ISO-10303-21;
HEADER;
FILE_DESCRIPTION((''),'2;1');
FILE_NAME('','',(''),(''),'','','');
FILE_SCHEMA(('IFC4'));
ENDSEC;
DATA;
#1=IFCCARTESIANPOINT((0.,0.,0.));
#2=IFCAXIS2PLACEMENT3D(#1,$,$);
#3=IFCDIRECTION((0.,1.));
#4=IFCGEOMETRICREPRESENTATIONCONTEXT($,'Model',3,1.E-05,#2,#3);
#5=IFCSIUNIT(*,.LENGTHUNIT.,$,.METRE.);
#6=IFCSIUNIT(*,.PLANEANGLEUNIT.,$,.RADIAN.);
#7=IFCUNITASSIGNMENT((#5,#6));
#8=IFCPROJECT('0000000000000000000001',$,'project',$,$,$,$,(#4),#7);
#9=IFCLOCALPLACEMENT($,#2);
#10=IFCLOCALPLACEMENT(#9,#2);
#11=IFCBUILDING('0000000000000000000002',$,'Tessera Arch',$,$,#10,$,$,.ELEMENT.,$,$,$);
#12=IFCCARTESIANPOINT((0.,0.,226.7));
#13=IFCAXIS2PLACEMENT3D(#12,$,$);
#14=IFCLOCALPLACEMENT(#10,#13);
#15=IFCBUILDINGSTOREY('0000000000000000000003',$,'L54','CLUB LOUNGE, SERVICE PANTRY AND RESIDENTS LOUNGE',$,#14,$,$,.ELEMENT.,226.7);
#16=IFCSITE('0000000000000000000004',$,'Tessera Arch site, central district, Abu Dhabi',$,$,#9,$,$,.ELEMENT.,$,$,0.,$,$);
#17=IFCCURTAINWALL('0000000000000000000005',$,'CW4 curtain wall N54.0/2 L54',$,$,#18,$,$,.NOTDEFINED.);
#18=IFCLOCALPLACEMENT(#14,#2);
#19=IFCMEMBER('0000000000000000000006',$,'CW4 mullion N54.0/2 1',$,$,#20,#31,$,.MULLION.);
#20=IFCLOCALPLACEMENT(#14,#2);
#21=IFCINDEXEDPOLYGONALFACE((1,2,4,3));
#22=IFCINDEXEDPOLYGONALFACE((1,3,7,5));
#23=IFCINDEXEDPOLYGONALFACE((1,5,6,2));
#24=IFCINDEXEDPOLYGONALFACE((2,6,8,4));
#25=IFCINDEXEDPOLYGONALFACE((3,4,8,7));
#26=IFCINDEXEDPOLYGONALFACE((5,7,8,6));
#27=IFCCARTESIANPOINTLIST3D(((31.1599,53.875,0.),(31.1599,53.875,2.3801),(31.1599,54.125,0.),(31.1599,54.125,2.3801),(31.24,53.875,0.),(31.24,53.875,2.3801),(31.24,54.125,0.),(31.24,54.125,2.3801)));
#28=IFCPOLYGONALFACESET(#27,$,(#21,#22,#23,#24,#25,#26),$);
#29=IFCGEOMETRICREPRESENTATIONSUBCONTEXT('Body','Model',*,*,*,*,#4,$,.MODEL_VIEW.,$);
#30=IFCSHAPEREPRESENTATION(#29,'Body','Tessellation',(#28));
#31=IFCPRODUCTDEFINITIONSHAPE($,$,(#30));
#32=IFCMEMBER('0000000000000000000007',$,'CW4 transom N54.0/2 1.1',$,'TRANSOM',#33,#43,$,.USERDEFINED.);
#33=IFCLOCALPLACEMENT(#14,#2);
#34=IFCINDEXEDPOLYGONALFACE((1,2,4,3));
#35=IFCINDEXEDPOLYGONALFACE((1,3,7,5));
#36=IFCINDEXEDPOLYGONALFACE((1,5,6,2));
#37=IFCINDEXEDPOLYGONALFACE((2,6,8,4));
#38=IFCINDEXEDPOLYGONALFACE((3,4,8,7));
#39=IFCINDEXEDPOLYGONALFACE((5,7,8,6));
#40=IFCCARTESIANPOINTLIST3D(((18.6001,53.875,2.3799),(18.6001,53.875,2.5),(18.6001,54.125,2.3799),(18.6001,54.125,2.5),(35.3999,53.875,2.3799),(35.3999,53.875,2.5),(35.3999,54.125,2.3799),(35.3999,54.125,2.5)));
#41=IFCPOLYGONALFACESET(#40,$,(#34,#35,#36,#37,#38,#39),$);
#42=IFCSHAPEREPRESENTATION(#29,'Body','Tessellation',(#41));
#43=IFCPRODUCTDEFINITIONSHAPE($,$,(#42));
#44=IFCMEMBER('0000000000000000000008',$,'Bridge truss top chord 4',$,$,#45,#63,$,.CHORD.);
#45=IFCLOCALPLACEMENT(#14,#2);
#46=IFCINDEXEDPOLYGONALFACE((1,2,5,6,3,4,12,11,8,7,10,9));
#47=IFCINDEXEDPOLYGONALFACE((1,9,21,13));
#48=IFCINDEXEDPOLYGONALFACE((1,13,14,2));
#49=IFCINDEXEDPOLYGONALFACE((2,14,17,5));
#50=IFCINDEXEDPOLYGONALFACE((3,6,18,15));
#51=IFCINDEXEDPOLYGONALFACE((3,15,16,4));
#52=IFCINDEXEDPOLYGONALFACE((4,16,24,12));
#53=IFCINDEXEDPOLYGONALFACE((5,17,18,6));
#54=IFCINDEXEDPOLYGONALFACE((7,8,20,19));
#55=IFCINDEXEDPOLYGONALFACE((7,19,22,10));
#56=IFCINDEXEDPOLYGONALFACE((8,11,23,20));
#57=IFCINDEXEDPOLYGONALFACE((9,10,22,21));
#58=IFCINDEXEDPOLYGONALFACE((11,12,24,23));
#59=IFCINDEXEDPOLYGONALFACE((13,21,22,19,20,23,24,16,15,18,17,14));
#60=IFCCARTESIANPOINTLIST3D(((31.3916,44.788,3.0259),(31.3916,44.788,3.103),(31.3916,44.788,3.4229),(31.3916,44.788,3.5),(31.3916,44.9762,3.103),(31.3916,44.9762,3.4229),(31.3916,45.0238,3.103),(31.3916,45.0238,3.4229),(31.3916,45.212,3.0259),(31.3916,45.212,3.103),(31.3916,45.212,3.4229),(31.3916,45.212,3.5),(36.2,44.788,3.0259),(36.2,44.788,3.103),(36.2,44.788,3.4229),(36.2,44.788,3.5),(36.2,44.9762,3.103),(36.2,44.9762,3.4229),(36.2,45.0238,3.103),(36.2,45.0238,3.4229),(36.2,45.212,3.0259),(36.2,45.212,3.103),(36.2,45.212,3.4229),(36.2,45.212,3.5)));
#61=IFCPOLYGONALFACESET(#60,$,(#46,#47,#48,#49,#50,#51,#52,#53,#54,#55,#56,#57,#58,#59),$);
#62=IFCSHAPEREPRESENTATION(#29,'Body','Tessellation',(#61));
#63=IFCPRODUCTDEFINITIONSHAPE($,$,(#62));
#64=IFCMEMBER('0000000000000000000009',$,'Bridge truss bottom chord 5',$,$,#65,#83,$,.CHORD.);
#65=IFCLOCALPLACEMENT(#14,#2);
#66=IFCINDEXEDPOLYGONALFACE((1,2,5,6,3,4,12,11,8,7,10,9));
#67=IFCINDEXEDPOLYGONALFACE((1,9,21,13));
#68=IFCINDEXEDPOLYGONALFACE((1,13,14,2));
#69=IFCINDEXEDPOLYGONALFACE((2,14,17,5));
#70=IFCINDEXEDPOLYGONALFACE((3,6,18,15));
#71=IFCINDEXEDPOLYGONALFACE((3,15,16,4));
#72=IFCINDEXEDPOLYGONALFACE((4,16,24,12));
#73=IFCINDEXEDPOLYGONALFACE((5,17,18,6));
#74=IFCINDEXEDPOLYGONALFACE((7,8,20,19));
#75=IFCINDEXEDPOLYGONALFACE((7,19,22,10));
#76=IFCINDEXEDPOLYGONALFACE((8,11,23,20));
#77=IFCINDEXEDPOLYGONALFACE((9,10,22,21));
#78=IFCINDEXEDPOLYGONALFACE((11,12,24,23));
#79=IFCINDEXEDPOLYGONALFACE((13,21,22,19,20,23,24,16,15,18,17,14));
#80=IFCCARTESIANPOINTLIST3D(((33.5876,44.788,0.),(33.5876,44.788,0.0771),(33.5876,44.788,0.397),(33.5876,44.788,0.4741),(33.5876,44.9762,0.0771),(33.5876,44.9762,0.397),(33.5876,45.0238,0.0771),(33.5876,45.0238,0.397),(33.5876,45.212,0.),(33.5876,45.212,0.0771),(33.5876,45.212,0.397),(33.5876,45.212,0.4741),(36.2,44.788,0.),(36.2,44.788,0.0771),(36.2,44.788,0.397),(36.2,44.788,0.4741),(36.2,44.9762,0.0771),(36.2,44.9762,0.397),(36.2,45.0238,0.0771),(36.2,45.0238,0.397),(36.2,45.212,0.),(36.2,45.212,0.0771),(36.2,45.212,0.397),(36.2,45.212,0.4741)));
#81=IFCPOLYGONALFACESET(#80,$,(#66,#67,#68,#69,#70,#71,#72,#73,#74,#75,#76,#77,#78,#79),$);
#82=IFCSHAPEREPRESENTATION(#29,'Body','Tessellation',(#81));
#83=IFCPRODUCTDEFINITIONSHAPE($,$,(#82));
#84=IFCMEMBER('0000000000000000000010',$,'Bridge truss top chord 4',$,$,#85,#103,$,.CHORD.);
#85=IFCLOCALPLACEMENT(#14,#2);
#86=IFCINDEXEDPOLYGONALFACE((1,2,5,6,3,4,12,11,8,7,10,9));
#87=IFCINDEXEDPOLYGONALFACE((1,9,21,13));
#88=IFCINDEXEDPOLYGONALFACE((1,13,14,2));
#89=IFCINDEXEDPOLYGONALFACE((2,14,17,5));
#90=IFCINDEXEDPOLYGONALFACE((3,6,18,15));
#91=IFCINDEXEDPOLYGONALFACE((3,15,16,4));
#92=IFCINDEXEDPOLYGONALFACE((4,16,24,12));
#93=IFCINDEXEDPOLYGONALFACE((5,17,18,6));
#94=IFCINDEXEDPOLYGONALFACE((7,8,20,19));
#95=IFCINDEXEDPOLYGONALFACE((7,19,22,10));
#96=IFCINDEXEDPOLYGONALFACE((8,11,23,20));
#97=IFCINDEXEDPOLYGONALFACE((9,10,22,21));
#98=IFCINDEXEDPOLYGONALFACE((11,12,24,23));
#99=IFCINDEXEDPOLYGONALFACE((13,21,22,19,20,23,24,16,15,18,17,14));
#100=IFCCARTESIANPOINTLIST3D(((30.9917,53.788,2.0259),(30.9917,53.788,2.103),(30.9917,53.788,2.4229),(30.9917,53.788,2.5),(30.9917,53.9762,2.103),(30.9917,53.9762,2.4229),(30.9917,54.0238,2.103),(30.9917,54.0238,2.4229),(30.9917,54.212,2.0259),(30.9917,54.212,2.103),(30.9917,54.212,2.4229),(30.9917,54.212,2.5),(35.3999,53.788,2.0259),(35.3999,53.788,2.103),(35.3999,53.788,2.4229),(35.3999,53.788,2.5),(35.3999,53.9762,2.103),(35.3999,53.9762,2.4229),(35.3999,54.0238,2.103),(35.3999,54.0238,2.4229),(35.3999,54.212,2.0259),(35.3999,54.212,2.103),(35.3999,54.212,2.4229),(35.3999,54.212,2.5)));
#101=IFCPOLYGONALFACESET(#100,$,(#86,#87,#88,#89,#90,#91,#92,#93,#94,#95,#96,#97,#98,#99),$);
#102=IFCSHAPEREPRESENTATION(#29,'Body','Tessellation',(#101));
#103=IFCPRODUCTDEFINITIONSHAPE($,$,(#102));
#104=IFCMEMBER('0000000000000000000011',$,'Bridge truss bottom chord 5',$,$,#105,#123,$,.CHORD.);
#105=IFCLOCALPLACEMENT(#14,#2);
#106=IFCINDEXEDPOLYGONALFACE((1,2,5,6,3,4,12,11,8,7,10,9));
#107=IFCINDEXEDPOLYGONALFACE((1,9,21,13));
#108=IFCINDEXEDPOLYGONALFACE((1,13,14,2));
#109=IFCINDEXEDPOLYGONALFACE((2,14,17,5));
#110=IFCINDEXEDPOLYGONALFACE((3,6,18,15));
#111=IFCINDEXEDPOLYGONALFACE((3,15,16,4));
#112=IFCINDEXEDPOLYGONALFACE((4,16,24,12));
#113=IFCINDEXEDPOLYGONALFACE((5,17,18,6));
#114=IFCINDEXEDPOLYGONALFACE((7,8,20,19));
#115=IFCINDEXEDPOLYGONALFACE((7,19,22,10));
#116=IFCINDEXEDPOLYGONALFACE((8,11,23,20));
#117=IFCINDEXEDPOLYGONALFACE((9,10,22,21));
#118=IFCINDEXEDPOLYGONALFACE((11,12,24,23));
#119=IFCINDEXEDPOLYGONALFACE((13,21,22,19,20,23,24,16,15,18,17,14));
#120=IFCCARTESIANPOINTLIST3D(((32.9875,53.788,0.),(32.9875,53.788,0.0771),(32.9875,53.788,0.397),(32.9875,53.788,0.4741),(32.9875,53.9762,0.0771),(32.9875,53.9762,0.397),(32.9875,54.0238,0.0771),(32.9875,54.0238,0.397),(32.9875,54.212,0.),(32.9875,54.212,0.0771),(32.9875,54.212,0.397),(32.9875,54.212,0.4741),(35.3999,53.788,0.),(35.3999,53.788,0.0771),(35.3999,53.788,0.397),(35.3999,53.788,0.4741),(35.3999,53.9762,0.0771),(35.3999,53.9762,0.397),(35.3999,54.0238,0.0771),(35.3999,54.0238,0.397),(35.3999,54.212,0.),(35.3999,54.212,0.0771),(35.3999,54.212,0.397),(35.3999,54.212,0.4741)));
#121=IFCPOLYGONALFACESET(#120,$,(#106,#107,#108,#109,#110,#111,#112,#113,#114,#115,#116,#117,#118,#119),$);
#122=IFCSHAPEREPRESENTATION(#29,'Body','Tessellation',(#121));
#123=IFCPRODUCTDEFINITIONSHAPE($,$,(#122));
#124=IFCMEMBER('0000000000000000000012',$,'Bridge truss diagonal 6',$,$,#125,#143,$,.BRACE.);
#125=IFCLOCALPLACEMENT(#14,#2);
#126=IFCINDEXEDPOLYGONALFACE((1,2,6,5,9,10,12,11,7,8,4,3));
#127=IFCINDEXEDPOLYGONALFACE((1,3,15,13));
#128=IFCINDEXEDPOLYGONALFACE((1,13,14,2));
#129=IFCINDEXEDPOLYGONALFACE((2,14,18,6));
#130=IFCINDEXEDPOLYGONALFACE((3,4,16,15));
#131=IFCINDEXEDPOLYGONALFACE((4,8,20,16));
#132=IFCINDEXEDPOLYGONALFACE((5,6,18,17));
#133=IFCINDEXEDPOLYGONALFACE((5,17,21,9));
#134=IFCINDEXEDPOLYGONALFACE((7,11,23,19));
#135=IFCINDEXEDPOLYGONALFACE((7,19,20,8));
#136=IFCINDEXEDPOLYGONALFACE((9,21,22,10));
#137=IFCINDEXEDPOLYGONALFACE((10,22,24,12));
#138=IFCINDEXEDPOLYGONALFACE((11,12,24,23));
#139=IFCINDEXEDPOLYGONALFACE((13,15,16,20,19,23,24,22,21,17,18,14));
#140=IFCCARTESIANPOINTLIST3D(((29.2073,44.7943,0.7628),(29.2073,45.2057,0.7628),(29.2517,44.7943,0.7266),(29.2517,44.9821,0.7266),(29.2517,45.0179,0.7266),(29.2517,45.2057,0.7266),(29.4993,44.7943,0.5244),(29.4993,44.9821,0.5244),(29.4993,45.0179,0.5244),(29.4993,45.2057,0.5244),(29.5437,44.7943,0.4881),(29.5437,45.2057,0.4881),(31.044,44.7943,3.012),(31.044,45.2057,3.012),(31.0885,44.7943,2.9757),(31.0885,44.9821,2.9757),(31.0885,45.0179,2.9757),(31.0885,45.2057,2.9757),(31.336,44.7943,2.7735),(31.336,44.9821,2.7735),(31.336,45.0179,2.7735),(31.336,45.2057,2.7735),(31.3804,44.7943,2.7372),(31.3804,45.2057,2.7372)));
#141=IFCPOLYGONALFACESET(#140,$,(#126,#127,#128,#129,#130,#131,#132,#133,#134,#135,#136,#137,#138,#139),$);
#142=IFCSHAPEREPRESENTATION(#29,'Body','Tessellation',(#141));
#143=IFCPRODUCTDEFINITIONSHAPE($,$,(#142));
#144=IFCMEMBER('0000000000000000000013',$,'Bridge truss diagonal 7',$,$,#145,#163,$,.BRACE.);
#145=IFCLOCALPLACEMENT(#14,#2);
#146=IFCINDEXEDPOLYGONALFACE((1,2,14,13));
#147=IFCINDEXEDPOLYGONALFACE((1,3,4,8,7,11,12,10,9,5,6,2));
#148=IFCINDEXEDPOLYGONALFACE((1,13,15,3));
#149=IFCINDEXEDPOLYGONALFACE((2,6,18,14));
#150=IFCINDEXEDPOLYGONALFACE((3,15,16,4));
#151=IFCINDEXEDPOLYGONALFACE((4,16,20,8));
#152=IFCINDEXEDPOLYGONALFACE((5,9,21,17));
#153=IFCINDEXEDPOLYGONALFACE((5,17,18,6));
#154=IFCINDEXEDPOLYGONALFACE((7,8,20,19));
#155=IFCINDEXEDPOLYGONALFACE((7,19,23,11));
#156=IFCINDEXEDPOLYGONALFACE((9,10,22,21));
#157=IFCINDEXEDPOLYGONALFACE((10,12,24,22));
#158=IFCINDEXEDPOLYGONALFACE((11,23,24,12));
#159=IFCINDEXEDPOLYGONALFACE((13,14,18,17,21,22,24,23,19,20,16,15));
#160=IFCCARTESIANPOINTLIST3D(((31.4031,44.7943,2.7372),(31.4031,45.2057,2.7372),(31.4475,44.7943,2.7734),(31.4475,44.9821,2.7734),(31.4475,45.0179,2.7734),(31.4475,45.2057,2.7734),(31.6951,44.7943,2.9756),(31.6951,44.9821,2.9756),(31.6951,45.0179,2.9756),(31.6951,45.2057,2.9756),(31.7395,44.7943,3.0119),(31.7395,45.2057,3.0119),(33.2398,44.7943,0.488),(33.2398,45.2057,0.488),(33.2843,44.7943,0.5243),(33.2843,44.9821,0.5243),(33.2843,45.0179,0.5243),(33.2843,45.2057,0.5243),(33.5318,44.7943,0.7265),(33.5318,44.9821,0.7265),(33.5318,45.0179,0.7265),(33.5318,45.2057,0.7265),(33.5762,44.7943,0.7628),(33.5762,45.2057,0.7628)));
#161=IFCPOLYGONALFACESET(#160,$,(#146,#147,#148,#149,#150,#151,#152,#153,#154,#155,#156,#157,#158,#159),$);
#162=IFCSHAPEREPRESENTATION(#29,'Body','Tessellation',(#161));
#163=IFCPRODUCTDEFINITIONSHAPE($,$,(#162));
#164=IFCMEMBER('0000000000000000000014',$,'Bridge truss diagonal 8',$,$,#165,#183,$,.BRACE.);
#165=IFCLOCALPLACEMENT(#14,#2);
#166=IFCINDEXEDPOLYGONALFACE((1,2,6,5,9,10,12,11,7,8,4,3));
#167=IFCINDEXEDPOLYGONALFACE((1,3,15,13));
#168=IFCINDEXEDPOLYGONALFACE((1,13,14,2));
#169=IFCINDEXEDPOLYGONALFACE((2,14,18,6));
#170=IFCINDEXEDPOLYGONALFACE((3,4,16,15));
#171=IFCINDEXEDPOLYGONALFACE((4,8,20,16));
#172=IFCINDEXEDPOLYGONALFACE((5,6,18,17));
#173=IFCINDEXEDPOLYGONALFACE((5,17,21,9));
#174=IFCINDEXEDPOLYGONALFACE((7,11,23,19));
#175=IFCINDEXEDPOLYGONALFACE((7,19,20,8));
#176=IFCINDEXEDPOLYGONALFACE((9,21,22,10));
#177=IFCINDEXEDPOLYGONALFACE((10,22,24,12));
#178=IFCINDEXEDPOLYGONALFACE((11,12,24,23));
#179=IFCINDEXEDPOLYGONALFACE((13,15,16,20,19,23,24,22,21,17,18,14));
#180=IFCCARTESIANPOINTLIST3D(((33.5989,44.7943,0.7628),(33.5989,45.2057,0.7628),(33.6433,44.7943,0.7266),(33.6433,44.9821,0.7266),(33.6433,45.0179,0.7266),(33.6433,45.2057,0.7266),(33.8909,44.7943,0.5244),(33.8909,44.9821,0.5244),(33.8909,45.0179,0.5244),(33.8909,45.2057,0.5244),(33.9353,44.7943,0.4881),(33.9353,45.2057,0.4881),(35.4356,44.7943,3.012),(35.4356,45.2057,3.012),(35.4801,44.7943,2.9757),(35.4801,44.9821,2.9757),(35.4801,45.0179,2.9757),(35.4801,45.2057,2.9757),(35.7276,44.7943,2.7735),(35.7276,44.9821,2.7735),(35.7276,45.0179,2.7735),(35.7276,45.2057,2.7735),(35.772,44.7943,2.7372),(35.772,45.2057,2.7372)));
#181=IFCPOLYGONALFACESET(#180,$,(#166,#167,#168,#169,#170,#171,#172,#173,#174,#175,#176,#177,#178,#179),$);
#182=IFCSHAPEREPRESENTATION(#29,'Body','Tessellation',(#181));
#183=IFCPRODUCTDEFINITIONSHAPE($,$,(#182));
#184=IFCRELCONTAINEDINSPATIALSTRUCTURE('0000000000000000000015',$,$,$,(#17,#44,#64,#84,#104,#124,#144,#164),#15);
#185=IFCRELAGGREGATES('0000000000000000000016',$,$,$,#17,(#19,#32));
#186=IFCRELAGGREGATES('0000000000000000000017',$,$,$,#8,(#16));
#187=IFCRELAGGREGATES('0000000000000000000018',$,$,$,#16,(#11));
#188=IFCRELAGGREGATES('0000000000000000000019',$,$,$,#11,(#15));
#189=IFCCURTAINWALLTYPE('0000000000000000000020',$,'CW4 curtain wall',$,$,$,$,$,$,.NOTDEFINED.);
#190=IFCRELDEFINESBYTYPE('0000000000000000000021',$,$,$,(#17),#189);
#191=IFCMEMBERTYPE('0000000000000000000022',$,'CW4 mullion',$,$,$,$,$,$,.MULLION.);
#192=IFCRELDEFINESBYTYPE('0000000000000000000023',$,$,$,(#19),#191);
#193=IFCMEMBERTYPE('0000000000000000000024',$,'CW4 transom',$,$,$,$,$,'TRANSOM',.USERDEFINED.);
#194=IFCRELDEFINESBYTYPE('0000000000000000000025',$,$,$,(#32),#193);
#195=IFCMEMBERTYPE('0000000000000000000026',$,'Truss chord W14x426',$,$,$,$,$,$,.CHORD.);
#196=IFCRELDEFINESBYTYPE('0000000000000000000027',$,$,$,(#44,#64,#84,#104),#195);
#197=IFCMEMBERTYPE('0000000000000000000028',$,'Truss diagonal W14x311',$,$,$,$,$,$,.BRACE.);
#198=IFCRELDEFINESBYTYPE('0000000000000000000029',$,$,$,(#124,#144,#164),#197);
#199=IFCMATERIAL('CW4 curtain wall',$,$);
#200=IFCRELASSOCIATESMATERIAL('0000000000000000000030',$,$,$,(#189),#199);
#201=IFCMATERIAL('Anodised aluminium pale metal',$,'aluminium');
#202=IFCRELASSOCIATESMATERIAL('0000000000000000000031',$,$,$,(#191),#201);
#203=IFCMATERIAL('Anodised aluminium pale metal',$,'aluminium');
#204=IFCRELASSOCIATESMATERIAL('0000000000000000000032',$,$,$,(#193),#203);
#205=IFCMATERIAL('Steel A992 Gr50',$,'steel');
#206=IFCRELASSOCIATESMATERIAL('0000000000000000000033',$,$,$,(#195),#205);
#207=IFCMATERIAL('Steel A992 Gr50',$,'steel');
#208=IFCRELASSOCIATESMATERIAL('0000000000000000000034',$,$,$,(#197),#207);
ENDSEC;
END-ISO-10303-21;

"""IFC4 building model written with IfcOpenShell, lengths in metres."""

from ifc_helpers import new_model, si_unit, direction, frame, origin, origin_2d, place, context, subcontext, project, spatial, rectangle, i_section, extrude, material, material_profile, profile_set, type_object, element, aggregate, save


model = new_model("IFC4")

# Units and contexts
model_context = context("Model", 3, precision=1e-05, world=origin(), true_north=direction((0.0, 1.0)))
body_context = subcontext(model_context, "Body", "Model", "MODEL_VIEW")
ifc_project = project(units=[si_unit("LENGTHUNIT", "METRE"), si_unit("PLANEANGLEUNIT", "RADIAN")], contexts=[model_context])

# Site, building, storey
site_placement = place(None, origin())
site = spatial("IfcSite", under=ifc_project, at=site_placement, Name="Tessera Arch site, central district, Abu Dhabi", CompositionType="ELEMENT", RefElevation=0.0)
building_placement = place(site_placement, origin())
building = spatial("IfcBuilding", under=site, at=building_placement, Name="Tessera Arch", CompositionType="ELEMENT")
storey_placement = place(building_placement, frame((0.0, 0.0, 226.7)))
storey = spatial("IfcBuildingStorey", under=building, at=storey_placement, Name="L54", Description="CLUB LOUNGE, SERVICE PANTRY AND RESIDENTS LOUNGE", CompositionType="ELEMENT", Elevation=226.7)

# Curtain wall, members
ifc_material_1 = material(Name="CW4 curtain wall")
curtain_wall_type = type_object("IfcCurtainWallType", Name="CW4 curtain wall", PredefinedType="NOTDEFINED", material=ifc_material_1)
curtain_wall_placement = place(storey_placement, origin())
curtain_wall = element("IfcCurtainWall", 1, at=curtain_wall_placement, inside=storey, type_object=curtain_wall_type, Name="CW4 curtain wall N54.0/2 L54", PredefinedType="NOTDEFINED")
ifc_material_2 = material(Name="Anodised aluminium pale metal", Category="aluminium")
ifc_material_profile_1 = material_profile(ifc_material_2, rectangle(XDim=0.25, YDim=0.0801, at=origin_2d()), Name="AL 80x250")
ifc_profile_set_1 = profile_set([ifc_material_profile_1], Name="Anodised aluminium pale metal")
member_type_1 = type_object("IfcMemberType", Name="CW4 mullion", PredefinedType="MULLION", material=ifc_profile_set_1)
member_1_placement = place(storey_placement, frame((31.2, 54.0, 0.0), z_axis=(0.0, 0.0, 1.0), x_axis=(0.0, -1.0, 0.0)))
member_1 = element("IfcMember", 2, at=member_1_placement, type_object=member_type_1, Name="CW4 mullion N54.0/2 1", PredefinedType="MULLION", context=body_context, shape_type="SweptSolid", body=[
    extrude(rectangle(XDim=0.25, YDim=0.0801, at=origin_2d()), origin(), (0.0, 0.0, 1.0), 2.3801),
])
ifc_material_3 = material(Name="Anodised aluminium pale metal", Category="aluminium")
ifc_material_profile_2 = material_profile(ifc_material_3, rectangle(XDim=0.25, YDim=0.1201, at=origin_2d()), Name="AL 250x120")
ifc_profile_set_2 = profile_set([ifc_material_profile_2], Name="Anodised aluminium pale metal")
member_type_2 = type_object("IfcMemberType", Name="CW4 transom", ElementType="TRANSOM", PredefinedType="USERDEFINED", material=ifc_profile_set_2)
member_2_placement = place(storey_placement, frame((35.3999, 54.0, 2.4399), z_axis=(-1.0, 0.0, 0.0), x_axis=(0.0, -1.0, 0.0)))
member_2 = element("IfcMember", 3, at=member_2_placement, type_object=member_type_2, Name="CW4 transom N54.0/2 1.1", ObjectType="TRANSOM", PredefinedType="USERDEFINED", context=body_context, shape_type="SweptSolid", body=[
    extrude(rectangle(XDim=0.25, YDim=0.1201, at=origin_2d()), origin(), (0.0, 0.0, 1.0), 16.7998),
])

# Members
ifc_material_4 = material(Name="Steel A992 Gr50", Category="steel")
ifc_material_profile_3 = material_profile(ifc_material_4, i_section(OverallWidth=0.4241, OverallDepth=0.4741, WebThickness=0.0476, FlangeThickness=0.0771, at=origin_2d()), Name="W14x426")
ifc_profile_set_3 = profile_set([ifc_material_profile_3], Name="Steel A992 Gr50")
member_type_3 = type_object("IfcMemberType", Name="Truss chord W14x426", PredefinedType="CHORD", material=ifc_profile_set_3)
member_3_placement = place(storey_placement, frame((31.3916, 45.0, 3.2629), z_axis=(1.0, 0.0, 0.0), x_axis=(0.0, 1.0, 0.0)))
element("IfcMember", 4, at=member_3_placement, inside=storey, type_object=member_type_3, Name="Bridge truss top chord 4", PredefinedType="CHORD", context=body_context, shape_type="SweptSolid", body=[
    extrude(i_section(OverallWidth=0.4241, OverallDepth=0.4741, WebThickness=0.0476, FlangeThickness=0.0771, at=origin_2d()), origin(), (0.0, 0.0, 1.0), 4.8083),
])
member_4_placement = place(storey_placement, frame((33.5876, 45.0, 0.2371), z_axis=(1.0, 0.0, 0.0), x_axis=(0.0, 1.0, 0.0)))
element("IfcMember", 5, at=member_4_placement, inside=storey, type_object=member_type_3, Name="Bridge truss bottom chord 5", PredefinedType="CHORD", context=body_context, shape_type="SweptSolid", body=[
    extrude(i_section(OverallWidth=0.4241, OverallDepth=0.4741, WebThickness=0.0476, FlangeThickness=0.0771, at=origin_2d()), origin(), (0.0, 0.0, 1.0), 2.6123),
])
member_5_placement = place(storey_placement, frame((30.9917, 54.0, 2.2629), z_axis=(1.0, 0.0, 0.0), x_axis=(0.0, 1.0, 0.0)))
element("IfcMember", 6, at=member_5_placement, inside=storey, type_object=member_type_3, Name="Bridge truss top chord 4", PredefinedType="CHORD", context=body_context, shape_type="SweptSolid", body=[
    extrude(i_section(OverallWidth=0.4241, OverallDepth=0.4741, WebThickness=0.0476, FlangeThickness=0.0771, at=origin_2d()), origin(), (0.0, 0.0, 1.0), 4.4082),
])
member_6_placement = place(storey_placement, frame((32.9875, 54.0, 0.2371), z_axis=(1.0, 0.0, 0.0), x_axis=(0.0, 1.0, 0.0)))
element("IfcMember", 7, at=member_6_placement, inside=storey, type_object=member_type_3, Name="Bridge truss bottom chord 5", PredefinedType="CHORD", context=body_context, shape_type="SweptSolid", body=[
    extrude(i_section(OverallWidth=0.4241, OverallDepth=0.4741, WebThickness=0.0476, FlangeThickness=0.0771, at=origin_2d()), origin(), (0.0, 0.0, 1.0), 2.4124),
])
ifc_material_5 = material(Name="Steel A992 Gr50", Category="steel")
ifc_material_profile_4 = material_profile(ifc_material_5, i_section(OverallWidth=0.4114, OverallDepth=0.4343, WebThickness=0.0359, FlangeThickness=0.0574, at=origin_2d()), Name="W14x311")
ifc_profile_set_4 = profile_set([ifc_material_profile_4], Name="Steel A992 Gr50")
member_type_4 = type_object("IfcMemberType", Name="Truss diagonal W14x311", PredefinedType="BRACE", material=ifc_profile_set_4)
for number, where, z_axis, x_axis, name in (
    (8, (29.3755, 45.0, 0.6255), (0.632528, 0.0, 0.774538), (0.0, 1.0, 0.0), "Bridge truss diagonal 6"),
    (9, (31.5713, 45.0, 2.8745), (0.632528, 0.0, -0.774538), (0.0, 1.0, 0.0), "Bridge truss diagonal 7"),
    (10, (33.7671, 45.0, 0.6255), (0.632528, 0.0, 0.774538), (0.0, 1.0, 0.0), "Bridge truss diagonal 8"),
):
    element("IfcMember", number, at=place(storey_placement, frame(where, z_axis=z_axis, x_axis=x_axis)), inside=storey, type_object=member_type_4, Name=name, PredefinedType="BRACE", context=body_context, shape_type="SweptSolid", body=[
        extrude(i_section(OverallWidth=0.4114, OverallDepth=0.4343, WebThickness=0.0359, FlangeThickness=0.0574, at=origin_2d()), origin(), (0.0, 0.0, 1.0), 2.9038),
    ])

aggregate(curtain_wall, [member_1, member_2])

save(model, "model.ifc")
